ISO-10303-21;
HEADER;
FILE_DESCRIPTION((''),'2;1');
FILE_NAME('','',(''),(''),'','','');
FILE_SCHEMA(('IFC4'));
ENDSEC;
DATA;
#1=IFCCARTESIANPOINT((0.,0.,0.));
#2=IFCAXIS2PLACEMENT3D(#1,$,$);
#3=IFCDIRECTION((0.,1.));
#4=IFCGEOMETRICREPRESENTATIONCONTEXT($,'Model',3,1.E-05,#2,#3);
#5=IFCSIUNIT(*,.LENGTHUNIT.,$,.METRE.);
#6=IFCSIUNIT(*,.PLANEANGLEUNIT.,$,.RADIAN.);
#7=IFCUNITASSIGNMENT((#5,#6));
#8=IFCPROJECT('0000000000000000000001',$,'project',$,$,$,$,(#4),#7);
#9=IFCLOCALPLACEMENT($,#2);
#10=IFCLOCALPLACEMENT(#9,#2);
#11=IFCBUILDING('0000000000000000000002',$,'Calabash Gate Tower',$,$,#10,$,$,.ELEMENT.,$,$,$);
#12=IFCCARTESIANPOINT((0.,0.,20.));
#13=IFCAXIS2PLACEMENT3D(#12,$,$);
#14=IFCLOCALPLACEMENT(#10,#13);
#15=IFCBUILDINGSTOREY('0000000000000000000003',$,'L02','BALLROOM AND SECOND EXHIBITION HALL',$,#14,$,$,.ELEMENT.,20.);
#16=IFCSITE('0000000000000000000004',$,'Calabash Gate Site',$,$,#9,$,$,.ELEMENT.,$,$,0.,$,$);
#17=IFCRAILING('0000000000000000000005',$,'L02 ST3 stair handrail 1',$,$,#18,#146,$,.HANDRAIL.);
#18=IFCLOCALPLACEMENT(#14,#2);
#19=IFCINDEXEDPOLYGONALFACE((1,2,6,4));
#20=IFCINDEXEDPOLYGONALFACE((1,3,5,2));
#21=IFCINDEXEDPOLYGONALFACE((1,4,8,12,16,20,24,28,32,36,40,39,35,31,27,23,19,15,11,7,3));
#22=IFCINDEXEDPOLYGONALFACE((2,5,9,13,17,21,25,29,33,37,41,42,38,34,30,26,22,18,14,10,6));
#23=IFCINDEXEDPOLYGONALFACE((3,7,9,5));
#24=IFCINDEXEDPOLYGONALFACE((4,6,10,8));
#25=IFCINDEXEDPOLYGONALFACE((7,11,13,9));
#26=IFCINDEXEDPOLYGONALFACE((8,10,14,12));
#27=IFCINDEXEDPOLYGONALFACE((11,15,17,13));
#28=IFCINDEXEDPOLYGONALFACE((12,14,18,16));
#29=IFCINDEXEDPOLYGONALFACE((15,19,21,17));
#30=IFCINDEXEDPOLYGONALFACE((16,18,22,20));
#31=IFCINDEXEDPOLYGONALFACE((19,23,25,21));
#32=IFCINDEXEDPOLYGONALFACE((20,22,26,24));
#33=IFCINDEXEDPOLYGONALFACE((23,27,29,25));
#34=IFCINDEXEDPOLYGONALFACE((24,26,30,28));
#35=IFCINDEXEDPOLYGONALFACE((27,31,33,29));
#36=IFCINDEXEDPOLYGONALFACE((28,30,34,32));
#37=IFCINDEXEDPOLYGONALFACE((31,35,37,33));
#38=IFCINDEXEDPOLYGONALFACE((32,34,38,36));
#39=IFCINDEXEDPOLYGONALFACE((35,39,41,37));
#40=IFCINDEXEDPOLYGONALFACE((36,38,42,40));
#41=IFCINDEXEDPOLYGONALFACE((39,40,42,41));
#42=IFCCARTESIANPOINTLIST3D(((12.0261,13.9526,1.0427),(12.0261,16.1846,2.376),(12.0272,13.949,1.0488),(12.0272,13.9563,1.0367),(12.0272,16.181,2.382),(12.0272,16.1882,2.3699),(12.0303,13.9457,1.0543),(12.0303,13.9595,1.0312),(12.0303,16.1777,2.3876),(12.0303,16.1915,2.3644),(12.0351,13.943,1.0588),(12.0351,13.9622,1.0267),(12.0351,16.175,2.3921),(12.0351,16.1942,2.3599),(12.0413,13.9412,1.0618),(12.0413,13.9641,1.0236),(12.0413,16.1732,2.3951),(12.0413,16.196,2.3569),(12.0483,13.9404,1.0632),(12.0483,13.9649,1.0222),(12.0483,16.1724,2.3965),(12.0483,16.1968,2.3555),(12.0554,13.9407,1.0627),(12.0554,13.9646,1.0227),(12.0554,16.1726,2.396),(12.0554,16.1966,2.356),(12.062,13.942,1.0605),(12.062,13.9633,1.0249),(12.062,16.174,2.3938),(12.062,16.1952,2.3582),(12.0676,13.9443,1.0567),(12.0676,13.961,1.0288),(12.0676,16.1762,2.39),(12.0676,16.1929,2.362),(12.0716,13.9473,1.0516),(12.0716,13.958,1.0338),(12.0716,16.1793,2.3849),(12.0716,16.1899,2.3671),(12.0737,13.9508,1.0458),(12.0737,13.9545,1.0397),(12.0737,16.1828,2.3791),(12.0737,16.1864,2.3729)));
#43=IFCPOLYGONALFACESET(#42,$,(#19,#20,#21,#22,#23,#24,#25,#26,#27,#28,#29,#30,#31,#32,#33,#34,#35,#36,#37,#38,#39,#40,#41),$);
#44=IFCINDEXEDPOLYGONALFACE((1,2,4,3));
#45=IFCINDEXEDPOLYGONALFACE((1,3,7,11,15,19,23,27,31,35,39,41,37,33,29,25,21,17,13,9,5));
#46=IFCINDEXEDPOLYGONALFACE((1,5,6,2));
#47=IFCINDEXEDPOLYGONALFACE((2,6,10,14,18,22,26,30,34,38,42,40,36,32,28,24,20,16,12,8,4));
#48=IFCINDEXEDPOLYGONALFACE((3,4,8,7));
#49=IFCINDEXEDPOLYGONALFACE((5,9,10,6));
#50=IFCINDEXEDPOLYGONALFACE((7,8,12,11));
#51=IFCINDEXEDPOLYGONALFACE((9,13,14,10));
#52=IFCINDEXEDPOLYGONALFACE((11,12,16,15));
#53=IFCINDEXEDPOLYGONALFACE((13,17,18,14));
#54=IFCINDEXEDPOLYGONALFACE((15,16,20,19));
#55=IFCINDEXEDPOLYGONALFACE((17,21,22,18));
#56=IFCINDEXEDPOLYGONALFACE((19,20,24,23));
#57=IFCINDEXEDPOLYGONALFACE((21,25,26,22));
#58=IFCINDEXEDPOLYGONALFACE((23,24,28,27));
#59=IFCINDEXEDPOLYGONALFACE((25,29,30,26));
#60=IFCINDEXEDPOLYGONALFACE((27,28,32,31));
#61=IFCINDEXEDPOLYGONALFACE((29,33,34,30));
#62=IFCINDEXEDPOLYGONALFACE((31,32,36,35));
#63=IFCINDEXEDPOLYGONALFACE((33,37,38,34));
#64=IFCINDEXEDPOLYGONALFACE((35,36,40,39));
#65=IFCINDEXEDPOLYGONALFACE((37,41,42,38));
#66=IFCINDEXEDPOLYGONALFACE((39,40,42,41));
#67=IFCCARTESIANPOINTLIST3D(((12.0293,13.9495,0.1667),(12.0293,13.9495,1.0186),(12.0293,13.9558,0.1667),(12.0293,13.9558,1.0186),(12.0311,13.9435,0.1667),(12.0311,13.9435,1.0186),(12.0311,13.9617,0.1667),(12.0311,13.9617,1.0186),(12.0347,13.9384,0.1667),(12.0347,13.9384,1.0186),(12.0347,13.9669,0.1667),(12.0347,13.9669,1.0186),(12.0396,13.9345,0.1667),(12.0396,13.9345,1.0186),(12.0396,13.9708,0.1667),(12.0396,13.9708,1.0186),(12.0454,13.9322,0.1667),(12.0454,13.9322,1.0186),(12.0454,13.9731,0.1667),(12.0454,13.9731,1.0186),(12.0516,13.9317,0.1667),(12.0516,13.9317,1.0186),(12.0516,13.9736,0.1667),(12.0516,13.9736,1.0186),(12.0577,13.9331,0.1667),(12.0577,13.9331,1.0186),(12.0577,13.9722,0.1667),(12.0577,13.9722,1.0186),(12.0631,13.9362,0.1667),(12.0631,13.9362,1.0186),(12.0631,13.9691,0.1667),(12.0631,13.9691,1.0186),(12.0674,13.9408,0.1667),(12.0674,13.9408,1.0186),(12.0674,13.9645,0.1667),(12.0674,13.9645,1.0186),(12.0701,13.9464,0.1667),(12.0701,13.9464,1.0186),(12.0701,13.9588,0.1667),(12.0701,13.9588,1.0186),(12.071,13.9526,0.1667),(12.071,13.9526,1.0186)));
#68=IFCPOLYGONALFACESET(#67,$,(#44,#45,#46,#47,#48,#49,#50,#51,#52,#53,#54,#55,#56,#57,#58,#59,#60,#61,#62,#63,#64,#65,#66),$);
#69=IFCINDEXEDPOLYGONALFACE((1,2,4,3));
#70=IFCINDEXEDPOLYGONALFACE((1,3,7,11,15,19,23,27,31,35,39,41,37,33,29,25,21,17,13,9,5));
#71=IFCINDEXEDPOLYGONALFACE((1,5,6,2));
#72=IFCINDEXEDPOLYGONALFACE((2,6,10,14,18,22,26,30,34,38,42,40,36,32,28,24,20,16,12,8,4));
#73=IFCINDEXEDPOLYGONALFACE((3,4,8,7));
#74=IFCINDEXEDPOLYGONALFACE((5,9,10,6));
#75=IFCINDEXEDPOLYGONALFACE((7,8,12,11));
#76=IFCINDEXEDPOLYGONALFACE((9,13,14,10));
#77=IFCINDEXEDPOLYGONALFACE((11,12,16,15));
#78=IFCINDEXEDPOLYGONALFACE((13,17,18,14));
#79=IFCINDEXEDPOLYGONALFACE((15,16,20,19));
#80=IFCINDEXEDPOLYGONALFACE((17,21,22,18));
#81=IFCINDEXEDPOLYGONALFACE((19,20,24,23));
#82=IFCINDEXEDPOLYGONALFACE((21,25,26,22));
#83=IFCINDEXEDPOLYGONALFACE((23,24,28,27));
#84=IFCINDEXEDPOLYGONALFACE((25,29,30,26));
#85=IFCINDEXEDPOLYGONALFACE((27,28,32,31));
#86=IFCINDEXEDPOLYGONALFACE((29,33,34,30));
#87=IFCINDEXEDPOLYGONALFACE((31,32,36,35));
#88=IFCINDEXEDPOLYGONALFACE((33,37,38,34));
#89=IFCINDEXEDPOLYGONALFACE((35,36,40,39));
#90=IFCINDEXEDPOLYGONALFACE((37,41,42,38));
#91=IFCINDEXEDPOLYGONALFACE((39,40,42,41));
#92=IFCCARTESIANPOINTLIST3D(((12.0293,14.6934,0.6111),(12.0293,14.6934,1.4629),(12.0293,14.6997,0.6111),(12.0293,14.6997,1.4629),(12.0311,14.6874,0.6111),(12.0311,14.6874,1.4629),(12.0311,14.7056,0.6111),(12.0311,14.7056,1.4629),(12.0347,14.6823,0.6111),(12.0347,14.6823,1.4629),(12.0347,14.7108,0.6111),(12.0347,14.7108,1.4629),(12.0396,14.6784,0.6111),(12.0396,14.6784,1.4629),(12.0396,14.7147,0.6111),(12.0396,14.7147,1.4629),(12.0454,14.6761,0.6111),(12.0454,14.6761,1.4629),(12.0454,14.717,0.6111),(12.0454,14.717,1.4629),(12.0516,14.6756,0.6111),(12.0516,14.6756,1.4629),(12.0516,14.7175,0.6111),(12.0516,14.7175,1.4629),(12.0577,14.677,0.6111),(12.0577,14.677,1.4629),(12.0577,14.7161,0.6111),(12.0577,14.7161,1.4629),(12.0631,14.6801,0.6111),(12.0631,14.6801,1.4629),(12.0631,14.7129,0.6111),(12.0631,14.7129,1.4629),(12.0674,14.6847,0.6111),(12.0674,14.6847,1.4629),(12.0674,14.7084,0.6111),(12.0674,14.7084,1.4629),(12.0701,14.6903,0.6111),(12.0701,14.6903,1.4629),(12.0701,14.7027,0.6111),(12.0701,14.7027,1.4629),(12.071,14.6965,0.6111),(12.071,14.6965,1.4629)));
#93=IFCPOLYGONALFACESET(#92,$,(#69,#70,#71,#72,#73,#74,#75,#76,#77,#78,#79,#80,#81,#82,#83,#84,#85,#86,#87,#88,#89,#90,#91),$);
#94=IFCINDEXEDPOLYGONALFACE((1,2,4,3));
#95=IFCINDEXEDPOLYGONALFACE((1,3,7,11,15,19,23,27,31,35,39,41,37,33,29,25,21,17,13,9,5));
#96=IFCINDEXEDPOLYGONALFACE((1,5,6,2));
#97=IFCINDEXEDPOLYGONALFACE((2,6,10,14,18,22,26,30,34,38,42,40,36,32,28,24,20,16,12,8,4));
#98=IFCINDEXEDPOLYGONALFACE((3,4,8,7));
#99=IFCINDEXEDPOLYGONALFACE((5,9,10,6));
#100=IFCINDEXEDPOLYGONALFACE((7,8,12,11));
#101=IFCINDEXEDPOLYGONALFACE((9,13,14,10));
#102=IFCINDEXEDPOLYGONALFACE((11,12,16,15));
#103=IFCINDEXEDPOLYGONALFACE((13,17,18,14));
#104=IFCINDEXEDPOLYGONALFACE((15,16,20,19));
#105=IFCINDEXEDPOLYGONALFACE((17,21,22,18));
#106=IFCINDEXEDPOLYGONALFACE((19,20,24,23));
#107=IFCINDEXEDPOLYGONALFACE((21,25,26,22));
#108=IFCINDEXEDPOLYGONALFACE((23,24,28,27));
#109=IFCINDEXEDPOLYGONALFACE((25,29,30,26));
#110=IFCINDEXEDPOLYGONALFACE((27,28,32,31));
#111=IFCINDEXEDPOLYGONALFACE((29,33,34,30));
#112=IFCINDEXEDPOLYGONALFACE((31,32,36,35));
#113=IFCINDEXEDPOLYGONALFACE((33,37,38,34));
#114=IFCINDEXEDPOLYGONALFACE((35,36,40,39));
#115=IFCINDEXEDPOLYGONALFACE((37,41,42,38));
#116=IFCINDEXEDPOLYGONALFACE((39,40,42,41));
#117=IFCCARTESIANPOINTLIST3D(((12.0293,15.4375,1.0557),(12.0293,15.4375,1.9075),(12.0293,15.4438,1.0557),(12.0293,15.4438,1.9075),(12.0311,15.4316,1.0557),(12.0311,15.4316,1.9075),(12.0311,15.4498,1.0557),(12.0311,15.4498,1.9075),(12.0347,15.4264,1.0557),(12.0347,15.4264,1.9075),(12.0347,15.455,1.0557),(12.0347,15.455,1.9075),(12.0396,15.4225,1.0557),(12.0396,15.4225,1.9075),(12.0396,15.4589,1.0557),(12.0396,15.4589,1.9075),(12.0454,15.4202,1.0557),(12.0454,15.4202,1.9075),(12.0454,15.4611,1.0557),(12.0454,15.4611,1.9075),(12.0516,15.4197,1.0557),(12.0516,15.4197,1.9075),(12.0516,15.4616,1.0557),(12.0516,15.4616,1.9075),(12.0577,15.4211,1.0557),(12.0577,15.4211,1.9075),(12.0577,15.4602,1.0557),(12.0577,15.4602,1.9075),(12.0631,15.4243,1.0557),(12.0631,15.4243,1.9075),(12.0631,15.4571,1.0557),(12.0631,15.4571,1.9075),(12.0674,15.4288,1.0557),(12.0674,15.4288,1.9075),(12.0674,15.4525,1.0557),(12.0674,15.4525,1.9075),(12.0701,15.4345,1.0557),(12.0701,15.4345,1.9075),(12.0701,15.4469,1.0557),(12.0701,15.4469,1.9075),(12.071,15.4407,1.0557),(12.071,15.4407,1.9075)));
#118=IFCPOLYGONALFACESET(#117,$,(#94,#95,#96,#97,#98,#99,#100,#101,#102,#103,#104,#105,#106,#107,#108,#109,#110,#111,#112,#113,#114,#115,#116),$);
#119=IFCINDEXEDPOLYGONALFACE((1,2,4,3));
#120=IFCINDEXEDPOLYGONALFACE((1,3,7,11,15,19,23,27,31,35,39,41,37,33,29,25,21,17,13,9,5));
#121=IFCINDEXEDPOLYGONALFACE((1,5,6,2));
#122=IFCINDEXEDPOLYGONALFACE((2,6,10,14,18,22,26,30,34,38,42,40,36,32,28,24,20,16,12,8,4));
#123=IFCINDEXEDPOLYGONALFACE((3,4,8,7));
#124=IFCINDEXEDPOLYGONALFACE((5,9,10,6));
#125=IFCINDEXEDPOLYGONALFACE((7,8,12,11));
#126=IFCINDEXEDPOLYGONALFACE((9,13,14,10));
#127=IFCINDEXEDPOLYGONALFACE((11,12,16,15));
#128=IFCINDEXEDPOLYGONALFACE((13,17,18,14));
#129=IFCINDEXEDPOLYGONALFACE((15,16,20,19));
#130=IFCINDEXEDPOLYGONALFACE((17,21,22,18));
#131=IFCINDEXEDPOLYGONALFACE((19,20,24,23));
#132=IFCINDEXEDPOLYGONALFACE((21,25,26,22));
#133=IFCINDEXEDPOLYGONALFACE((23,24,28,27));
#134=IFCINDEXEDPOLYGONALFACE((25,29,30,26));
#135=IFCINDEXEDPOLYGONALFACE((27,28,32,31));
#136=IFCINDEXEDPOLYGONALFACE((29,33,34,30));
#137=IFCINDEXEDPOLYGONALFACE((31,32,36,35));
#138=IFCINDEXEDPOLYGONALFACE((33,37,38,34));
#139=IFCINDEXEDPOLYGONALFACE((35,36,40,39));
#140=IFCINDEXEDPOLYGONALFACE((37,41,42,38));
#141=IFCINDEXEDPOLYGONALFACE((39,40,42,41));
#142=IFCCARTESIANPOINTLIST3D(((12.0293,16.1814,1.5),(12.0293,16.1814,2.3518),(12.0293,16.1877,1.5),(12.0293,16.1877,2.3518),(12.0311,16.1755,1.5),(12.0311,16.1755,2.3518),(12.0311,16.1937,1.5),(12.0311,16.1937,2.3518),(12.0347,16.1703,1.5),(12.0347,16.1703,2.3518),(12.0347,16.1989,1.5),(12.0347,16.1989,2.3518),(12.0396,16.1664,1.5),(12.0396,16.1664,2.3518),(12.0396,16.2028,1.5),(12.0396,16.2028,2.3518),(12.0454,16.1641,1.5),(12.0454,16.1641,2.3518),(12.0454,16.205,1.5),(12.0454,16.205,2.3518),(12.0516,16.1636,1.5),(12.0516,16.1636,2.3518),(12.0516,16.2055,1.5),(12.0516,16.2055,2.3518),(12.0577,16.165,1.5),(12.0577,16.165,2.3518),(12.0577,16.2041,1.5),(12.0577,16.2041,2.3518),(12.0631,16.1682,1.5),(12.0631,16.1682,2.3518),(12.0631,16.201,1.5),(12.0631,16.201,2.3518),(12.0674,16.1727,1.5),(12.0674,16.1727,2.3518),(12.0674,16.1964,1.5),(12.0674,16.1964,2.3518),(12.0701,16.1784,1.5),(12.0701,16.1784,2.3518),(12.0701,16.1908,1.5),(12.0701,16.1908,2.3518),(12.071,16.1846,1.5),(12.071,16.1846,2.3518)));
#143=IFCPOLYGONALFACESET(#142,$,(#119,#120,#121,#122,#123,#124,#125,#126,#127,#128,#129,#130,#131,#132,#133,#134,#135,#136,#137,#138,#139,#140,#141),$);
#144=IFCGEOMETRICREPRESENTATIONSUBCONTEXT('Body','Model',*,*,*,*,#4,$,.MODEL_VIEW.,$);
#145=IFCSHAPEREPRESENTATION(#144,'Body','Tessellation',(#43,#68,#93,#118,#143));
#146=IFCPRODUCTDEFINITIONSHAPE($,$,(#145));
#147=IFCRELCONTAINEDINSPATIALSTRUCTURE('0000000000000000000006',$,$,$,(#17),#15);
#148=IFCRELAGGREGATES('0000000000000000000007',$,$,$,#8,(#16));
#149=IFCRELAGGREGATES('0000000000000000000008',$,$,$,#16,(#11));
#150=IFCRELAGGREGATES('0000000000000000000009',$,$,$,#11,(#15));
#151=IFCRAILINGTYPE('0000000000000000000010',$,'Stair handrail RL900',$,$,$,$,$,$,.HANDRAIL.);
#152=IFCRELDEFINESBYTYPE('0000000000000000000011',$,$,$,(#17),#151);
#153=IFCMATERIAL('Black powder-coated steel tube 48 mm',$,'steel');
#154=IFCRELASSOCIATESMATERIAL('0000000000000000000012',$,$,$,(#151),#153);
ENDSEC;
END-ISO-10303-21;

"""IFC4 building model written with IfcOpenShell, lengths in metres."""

from ifc_helpers import new_model, si_unit, direction, frame, origin, origin_2d, place, context, subcontext, project, spatial, circle, extrude, material, type_object, element, save


model = new_model("IFC4")

# Units and contexts
model_context = context("Model", 3, precision=1e-05, world=origin(), true_north=direction((0.0, 1.0)))
body_context = subcontext(model_context, "Body", "Model", "MODEL_VIEW")
ifc_project = project(units=[si_unit("LENGTHUNIT", "METRE"), si_unit("PLANEANGLEUNIT", "RADIAN")], contexts=[model_context])

# Site, building, storey
site_placement = place(None, origin())
site = spatial("IfcSite", under=ifc_project, at=site_placement, Name="Calabash Gate Site", CompositionType="ELEMENT", RefElevation=0.0)
building_placement = place(site_placement, origin())
building = spatial("IfcBuilding", under=site, at=building_placement, Name="Calabash Gate Tower", CompositionType="ELEMENT")
storey_placement = place(building_placement, frame((0.0, 0.0, 20.0)))
storey = spatial("IfcBuildingStorey", under=building, at=storey_placement, Name="L02", Description="BALLROOM AND SECOND EXHIBITION HALL", CompositionType="ELEMENT", Elevation=20.0)

# Railing
ifc_material_1 = material(Name="Black powder-coated steel tube 48 mm", Category="steel")
railing_type_1 = type_object("IfcRailingType", Name="Stair handrail RL900", PredefinedType="HANDRAIL", material=ifc_material_1)
railing_1_placement = place(storey_placement, frame((12.05, 13.9526, 0.1667)))
element("IfcRailing", 1, at=railing_1_placement, inside=storey, type_object=railing_type_1, Name="L02 ST3 stair handrail 1", PredefinedType="HANDRAIL", context=body_context, shape_type="SweptSolid", body=[
    extrude(circle(Radius=0.0239, at=origin_2d()), frame((0.0, 0.0, 0.876), z_axis=(0.0, 0.858494, 0.512824), x_axis=(-1.0, 0.0, 0.0)), (0.0, 0.0, 1.0), 2.5999),
    extrude(circle(Radius=0.021, at=origin_2d()), origin(), (0.0, 0.0, 1.0), 0.8518),
    extrude(circle(Radius=0.021, at=origin_2d()), frame((0.0, 0.7439, 0.4443)), (0.0, 0.0, 1.0), 0.8518),
    extrude(circle(Radius=0.021, at=origin_2d()), frame((0.0, 1.488, 0.8889)), (0.0, 0.0, 1.0), 0.8518),
    extrude(circle(Radius=0.021, at=origin_2d()), frame((0.0, 2.2319, 1.3333)), (0.0, 0.0, 1.0), 0.8518),
])

save(model, "model.ifc")
